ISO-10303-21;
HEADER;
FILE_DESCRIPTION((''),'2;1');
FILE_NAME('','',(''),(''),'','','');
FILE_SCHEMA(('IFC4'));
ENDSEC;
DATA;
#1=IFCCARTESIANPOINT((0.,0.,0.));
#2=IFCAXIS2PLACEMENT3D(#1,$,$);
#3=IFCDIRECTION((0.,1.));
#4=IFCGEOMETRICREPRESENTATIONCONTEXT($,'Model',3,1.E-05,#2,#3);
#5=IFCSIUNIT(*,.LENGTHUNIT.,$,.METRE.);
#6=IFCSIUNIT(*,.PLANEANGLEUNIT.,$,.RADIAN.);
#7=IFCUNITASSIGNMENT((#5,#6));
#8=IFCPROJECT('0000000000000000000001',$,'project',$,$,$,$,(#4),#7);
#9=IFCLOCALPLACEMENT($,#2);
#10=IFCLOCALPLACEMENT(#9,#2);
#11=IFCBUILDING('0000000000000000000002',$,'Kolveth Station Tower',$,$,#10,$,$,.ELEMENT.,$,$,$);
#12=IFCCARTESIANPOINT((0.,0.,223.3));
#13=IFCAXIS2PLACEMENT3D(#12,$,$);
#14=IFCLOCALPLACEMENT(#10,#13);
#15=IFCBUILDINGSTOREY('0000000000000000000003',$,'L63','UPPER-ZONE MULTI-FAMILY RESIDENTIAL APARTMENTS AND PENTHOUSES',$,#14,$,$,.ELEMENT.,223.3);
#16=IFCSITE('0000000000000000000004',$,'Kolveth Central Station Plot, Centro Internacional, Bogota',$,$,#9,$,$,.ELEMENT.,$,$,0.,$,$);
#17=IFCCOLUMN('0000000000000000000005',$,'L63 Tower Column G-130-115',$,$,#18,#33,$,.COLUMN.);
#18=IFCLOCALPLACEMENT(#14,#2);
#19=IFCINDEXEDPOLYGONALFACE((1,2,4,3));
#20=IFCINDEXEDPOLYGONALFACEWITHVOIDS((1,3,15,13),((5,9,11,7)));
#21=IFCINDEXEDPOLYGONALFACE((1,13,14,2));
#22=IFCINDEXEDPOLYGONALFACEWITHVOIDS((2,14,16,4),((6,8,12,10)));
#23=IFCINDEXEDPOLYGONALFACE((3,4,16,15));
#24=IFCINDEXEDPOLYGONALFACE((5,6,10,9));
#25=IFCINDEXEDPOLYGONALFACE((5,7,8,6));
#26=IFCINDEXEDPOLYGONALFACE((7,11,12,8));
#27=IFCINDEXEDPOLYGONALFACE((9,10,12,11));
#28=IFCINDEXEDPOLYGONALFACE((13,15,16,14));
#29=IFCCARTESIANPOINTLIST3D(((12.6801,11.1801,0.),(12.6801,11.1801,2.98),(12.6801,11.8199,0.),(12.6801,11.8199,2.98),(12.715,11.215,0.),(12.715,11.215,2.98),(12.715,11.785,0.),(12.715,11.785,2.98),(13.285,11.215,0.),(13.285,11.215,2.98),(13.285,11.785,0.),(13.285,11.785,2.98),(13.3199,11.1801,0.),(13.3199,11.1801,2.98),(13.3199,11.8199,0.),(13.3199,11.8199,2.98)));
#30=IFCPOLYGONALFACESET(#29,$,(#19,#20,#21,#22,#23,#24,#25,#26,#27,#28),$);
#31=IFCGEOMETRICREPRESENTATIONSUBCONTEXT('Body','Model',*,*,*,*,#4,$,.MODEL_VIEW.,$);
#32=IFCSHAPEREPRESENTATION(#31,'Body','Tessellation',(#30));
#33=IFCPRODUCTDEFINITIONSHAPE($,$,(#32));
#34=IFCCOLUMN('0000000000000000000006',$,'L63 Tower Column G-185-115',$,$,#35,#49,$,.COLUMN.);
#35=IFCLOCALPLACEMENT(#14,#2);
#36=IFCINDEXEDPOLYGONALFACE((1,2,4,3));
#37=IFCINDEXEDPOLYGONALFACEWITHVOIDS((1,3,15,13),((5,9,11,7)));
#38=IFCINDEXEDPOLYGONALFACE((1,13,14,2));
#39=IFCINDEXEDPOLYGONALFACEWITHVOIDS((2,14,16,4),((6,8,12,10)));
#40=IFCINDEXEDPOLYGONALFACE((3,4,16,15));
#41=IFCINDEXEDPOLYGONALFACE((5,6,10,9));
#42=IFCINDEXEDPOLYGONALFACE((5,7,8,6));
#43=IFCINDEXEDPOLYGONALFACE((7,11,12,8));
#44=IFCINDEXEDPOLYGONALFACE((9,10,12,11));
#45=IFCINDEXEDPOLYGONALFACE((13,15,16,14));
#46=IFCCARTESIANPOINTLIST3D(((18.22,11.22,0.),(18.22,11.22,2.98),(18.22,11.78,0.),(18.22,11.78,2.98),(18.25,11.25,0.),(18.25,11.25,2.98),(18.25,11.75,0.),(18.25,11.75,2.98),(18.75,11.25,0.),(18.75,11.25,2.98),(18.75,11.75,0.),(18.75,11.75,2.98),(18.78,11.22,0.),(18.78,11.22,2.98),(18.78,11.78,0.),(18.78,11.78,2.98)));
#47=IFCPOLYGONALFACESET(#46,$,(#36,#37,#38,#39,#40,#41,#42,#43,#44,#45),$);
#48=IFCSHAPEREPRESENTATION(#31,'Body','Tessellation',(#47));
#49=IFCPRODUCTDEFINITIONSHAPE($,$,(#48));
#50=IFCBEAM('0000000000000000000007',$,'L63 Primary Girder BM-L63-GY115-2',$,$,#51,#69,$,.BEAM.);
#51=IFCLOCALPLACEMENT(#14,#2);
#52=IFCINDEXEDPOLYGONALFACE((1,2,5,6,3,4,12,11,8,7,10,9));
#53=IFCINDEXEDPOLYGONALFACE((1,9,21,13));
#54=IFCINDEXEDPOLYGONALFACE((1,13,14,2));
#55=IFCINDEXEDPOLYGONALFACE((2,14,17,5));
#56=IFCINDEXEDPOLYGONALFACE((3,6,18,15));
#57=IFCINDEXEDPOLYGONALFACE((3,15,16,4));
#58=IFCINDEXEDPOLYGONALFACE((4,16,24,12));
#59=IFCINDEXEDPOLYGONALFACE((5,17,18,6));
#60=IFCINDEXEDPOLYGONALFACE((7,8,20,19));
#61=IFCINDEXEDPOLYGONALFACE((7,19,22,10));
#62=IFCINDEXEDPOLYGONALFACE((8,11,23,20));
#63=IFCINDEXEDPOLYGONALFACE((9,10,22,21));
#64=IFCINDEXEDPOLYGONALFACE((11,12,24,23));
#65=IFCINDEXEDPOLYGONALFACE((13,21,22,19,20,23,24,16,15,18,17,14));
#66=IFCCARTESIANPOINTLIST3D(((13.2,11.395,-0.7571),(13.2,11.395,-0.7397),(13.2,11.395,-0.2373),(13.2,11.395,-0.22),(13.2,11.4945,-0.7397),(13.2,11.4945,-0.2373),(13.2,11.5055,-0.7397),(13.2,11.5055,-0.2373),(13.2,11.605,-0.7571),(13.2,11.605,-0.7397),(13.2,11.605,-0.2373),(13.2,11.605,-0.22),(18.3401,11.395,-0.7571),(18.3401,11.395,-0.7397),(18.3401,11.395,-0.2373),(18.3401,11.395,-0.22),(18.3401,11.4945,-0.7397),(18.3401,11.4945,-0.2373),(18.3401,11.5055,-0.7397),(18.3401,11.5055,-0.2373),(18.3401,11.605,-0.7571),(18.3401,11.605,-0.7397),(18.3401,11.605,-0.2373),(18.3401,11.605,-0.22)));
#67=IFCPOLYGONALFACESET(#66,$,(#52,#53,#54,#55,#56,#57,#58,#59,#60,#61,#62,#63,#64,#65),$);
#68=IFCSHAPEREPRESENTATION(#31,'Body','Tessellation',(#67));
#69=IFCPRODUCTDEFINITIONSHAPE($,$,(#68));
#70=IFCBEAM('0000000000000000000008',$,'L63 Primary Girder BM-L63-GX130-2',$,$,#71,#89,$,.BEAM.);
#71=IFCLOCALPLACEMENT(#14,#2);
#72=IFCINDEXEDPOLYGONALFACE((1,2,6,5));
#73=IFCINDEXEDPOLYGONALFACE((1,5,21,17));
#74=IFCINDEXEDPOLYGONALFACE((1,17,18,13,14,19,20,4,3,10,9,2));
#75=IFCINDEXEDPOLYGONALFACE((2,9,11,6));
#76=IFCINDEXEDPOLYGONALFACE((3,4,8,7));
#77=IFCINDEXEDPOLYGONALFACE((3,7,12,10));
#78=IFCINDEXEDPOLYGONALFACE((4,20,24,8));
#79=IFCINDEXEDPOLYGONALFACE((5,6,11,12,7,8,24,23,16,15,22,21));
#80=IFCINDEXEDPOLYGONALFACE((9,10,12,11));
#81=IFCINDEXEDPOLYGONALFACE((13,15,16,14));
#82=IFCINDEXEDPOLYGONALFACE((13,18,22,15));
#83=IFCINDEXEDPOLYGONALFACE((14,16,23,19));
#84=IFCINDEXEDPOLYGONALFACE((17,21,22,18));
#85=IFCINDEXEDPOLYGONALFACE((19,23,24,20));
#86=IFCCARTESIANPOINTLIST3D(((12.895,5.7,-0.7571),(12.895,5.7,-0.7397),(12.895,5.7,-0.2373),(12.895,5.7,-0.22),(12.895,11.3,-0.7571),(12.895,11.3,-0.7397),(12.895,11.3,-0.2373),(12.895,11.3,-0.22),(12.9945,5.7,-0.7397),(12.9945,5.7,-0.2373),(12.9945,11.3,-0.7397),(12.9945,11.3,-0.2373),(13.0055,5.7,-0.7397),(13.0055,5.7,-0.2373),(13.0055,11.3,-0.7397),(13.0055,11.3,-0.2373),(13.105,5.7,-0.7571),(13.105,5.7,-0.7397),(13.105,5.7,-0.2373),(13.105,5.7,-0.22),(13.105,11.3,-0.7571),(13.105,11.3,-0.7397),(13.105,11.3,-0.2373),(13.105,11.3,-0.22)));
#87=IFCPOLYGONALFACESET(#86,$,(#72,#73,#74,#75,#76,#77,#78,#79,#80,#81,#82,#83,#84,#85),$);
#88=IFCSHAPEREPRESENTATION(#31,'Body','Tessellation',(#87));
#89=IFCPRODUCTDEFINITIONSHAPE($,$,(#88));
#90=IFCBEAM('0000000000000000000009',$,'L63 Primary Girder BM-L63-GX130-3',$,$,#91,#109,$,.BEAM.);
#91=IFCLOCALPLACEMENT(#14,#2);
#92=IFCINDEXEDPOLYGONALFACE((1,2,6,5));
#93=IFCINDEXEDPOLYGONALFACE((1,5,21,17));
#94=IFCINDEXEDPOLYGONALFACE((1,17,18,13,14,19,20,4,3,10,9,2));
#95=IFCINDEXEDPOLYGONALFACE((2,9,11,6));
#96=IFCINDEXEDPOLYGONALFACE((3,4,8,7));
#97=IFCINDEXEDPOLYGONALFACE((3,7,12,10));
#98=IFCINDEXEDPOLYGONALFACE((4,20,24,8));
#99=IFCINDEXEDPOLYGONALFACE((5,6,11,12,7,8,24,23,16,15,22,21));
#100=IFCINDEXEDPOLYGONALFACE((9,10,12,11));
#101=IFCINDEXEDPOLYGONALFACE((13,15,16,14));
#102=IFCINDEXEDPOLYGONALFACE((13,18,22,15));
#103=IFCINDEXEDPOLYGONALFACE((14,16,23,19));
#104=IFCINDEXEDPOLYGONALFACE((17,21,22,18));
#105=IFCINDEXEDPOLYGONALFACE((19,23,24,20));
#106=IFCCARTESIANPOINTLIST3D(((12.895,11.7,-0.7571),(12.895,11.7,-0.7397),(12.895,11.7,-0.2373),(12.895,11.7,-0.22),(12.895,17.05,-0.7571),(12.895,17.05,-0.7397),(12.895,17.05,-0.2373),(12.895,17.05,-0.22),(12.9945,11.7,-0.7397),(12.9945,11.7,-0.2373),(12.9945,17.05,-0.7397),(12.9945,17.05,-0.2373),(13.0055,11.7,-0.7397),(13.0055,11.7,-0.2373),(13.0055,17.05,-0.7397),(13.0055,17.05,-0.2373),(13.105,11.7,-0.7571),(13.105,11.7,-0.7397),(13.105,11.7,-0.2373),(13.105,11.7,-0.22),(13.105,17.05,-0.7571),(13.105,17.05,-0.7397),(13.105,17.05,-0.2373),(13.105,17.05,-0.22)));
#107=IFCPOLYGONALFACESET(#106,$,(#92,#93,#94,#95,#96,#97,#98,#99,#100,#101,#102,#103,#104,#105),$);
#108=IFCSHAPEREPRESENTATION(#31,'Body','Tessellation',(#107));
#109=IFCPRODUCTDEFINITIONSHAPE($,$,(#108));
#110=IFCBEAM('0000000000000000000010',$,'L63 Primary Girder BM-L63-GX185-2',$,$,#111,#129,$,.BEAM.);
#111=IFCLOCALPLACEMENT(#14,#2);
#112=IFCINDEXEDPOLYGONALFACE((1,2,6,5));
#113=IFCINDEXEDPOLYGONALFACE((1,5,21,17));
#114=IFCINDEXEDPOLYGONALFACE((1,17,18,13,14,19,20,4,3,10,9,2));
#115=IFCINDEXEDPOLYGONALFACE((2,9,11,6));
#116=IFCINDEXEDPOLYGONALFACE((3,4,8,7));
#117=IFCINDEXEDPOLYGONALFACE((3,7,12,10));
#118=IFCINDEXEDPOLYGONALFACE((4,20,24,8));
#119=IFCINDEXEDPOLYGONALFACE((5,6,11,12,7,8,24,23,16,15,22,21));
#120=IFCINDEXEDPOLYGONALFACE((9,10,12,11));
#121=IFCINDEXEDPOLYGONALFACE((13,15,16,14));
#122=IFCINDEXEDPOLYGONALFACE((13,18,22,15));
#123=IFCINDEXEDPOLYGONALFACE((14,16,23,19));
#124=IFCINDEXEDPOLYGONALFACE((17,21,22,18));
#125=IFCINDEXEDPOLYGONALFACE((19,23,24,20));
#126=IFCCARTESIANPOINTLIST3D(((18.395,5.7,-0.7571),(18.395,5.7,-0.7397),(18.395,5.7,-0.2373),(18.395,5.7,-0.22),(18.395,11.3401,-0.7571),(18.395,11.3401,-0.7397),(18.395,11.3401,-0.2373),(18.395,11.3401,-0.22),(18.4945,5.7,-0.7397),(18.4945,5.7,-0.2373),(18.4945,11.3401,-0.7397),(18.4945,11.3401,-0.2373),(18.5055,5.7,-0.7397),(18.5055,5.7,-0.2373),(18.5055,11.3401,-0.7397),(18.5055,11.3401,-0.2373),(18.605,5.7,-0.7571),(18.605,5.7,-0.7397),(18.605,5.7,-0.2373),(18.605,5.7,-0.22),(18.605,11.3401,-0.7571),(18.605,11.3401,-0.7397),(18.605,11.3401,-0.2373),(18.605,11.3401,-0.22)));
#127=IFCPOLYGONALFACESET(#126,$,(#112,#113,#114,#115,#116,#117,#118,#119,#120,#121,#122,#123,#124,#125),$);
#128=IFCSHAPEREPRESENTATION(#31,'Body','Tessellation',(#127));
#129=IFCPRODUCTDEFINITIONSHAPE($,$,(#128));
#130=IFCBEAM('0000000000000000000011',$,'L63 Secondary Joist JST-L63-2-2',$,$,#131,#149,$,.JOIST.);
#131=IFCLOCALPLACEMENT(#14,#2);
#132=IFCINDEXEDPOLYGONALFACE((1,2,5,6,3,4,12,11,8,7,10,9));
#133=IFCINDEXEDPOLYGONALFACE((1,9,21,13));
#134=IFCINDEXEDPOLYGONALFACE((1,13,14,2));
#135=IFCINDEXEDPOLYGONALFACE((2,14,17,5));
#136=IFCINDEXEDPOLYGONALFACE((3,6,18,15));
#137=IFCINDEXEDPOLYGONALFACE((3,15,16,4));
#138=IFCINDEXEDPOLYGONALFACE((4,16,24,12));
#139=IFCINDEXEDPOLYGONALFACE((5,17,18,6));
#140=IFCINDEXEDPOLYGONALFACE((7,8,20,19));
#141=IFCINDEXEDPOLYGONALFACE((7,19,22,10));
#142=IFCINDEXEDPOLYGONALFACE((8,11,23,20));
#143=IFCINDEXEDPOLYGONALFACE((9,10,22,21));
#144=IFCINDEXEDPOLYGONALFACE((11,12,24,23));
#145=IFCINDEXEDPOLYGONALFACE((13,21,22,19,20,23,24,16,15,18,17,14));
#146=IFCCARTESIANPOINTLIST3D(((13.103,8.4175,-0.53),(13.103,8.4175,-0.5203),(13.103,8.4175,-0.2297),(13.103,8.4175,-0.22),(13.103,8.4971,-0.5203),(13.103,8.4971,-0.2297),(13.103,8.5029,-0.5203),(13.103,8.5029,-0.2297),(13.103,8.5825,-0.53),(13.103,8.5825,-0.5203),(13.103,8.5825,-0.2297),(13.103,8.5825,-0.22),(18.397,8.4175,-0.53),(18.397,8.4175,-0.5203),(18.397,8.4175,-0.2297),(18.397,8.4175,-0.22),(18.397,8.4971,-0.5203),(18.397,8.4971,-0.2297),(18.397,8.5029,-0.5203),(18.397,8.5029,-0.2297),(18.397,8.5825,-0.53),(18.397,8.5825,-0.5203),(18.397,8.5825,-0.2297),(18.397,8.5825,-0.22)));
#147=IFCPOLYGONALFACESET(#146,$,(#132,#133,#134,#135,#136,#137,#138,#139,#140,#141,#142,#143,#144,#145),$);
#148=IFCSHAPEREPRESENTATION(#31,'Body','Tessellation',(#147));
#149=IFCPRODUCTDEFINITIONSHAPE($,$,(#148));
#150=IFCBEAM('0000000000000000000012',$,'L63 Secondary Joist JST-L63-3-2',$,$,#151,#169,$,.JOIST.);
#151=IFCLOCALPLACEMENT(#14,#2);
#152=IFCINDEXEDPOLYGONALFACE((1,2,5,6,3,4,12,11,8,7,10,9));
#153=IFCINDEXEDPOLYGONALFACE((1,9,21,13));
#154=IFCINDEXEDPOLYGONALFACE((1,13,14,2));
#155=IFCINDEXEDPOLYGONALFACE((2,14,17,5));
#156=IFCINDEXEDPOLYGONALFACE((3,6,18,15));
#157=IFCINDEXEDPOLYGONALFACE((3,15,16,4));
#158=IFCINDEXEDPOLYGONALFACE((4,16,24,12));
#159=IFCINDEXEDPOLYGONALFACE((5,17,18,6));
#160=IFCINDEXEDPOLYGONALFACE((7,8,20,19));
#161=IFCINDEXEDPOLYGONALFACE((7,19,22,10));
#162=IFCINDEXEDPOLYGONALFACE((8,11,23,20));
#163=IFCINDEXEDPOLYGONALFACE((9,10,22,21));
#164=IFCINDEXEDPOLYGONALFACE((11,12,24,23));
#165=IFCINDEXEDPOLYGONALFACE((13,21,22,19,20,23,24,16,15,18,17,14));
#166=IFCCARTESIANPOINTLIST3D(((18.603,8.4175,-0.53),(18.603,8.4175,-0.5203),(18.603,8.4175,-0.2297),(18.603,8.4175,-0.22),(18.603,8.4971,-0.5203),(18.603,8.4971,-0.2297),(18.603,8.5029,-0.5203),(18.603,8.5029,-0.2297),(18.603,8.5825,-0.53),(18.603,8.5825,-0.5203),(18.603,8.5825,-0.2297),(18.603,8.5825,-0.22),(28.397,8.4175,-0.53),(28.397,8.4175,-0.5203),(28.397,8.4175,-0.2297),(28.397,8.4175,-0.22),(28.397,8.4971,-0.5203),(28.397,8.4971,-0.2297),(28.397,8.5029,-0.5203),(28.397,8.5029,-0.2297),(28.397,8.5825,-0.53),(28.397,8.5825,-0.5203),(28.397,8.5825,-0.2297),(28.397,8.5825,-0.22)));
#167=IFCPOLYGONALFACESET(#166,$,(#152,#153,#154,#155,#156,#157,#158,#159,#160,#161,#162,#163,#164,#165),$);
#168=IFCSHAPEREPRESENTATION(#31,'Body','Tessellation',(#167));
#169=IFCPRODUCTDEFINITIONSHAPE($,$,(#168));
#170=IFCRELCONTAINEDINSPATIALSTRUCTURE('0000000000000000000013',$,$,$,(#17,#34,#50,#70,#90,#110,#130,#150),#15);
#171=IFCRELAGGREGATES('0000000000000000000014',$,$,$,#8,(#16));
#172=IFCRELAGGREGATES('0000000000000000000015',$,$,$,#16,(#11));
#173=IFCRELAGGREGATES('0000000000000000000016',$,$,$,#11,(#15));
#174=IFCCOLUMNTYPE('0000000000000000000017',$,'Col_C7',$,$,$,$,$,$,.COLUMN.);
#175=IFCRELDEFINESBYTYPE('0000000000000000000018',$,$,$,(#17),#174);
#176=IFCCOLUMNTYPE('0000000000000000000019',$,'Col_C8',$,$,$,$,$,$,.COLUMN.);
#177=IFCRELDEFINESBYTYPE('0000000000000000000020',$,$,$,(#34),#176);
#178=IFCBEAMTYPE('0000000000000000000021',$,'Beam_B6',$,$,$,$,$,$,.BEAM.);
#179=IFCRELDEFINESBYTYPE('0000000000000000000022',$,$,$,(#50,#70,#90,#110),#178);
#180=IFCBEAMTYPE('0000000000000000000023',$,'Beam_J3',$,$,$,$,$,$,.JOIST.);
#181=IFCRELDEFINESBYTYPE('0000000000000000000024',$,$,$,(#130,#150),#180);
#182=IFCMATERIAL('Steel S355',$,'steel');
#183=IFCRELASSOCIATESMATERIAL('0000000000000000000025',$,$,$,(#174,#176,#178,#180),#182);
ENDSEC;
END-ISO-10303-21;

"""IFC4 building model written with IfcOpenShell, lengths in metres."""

from ifc_helpers import new_model, si_unit, direction, frame, origin, origin_2d, place, context, subcontext, project, spatial, hollow_rectangle, i_section, extrude, source, transform, mapped, material, material_profile, profile_set, type_object, element, save


model = new_model("IFC4")

# Units and contexts
model_context = context("Model", 3, precision=1e-05, world=origin(), true_north=direction((0.0, 1.0)))
body_context = subcontext(model_context, "Body", "Model", "MODEL_VIEW")
ifc_project = project(units=[si_unit("LENGTHUNIT", "METRE"), si_unit("PLANEANGLEUNIT", "RADIAN")], contexts=[model_context])

# Site, building, storey
site_placement = place(None, origin())
site = spatial("IfcSite", under=ifc_project, at=site_placement, Name="Kolveth Central Station Plot, Centro Internacional, Bogota", CompositionType="ELEMENT", RefElevation=0.0)
building_placement = place(site_placement, origin())
building = spatial("IfcBuilding", under=site, at=building_placement, Name="Kolveth Station Tower", CompositionType="ELEMENT")
storey_placement = place(building_placement, frame((0.0, 0.0, 223.3)))
storey = spatial("IfcBuildingStorey", under=building, at=storey_placement, Name="L63", Description="UPPER-ZONE MULTI-FAMILY RESIDENTIAL APARTMENTS AND PENTHOUSES", CompositionType="ELEMENT", Elevation=223.3)

# Columns
ifc_material_1 = material(Name="Steel S355", Category="steel")
ifc_material_profile_1 = material_profile(ifc_material_1, hollow_rectangle(XDim=0.6399, YDim=0.6399, WallThickness=0.0349, at=origin_2d()), Name="BOX640x640x35")
ifc_profile_set_1 = profile_set([ifc_material_profile_1], Name="Steel S355")
column_type_1 = type_object("IfcColumnType", Name="Col_C7", PredefinedType="COLUMN", material=ifc_profile_set_1)
shared_shape_1 = source(origin(), body_context, "Body", "SweptSolid", [
    extrude(hollow_rectangle(XDim=0.6399, YDim=0.6399, WallThickness=0.0349, at=origin_2d()), origin(), (0.0, 0.0, 1.0), 2.98),
])
column_1_placement = place(storey_placement, frame((13.0, 11.5, 0.0), z_axis=(0.0, 0.0, 1.0), x_axis=(1.0, 0.0, 0.0)))
element("IfcColumn", 1, at=column_1_placement, inside=storey, type_object=column_type_1, Name="L63 Tower Column G-130-115", PredefinedType="COLUMN", context=body_context, shape_type="MappedRepresentation", body=[
    mapped(shared_shape_1, transform((0.0, 0.0, 0.0), x_axis=(1.0, 0.0, 0.0), y_axis=(0.0, 1.0, 0.0), z_axis=(0.0, 0.0, 1.0), scale=1.0)),
])
ifc_material_profile_2 = material_profile(ifc_material_1, hollow_rectangle(XDim=0.5601, YDim=0.5601, WallThickness=0.03, at=origin_2d()), Name="BOX560x560x30")
ifc_profile_set_2 = profile_set([ifc_material_profile_2], Name="Steel S355")
column_type_2 = type_object("IfcColumnType", Name="Col_C8", PredefinedType="COLUMN", material=ifc_profile_set_2)
shared_shape_2 = source(origin(), body_context, "Body", "SweptSolid", [
    extrude(hollow_rectangle(XDim=0.5601, YDim=0.5601, WallThickness=0.03, at=origin_2d()), origin(), (0.0, 0.0, 1.0), 2.98),
])
column_2_placement = place(storey_placement, frame((18.5, 11.5, 0.0), z_axis=(0.0, 0.0, 1.0), x_axis=(1.0, 0.0, 0.0)))
element("IfcColumn", 2, at=column_2_placement, inside=storey, type_object=column_type_2, Name="L63 Tower Column G-185-115", PredefinedType="COLUMN", context=body_context, shape_type="MappedRepresentation", body=[
    mapped(shared_shape_2, transform((0.0, 0.0, 0.0), x_axis=(1.0, 0.0, 0.0), y_axis=(0.0, 1.0, 0.0), z_axis=(0.0, 0.0, 1.0), scale=1.0)),
])

# Beams
ifc_material_profile_3 = material_profile(ifc_material_1, i_section(OverallWidth=0.21, OverallDepth=0.5371, WebThickness=0.011, FlangeThickness=0.0173, at=origin_2d()), Name="W530x101")
ifc_profile_set_3 = profile_set([ifc_material_profile_3], Name="Steel S355")
beam_type_1 = type_object("IfcBeamType", Name="Beam_B6", PredefinedType="BEAM", material=ifc_profile_set_3)
shared_shape_3 = source(origin(), body_context, "Body", "SweptSolid", [
    extrude(i_section(OverallWidth=0.21, OverallDepth=0.5371, WebThickness=0.011, FlangeThickness=0.0173, at=origin_2d()), origin(), (0.0, 0.0, 1.0), 5.1401),
])
beam_1_placement = place(storey_placement, frame((13.2, 11.5, -0.4885), z_axis=(1.0, 0.0, 0.0), x_axis=(0.0, 1.0, 0.0)))
element("IfcBeam", 3, at=beam_1_placement, inside=storey, type_object=beam_type_1, Name="L63 Primary Girder BM-L63-GY115-2", PredefinedType="BEAM", context=body_context, shape_type="MappedRepresentation", body=[
    mapped(shared_shape_3, transform((0.0, 0.0, 0.0), x_axis=(1.0, 0.0, 0.0), y_axis=(0.0, 1.0, 0.0), z_axis=(0.0, 0.0, 1.0), scale=1.0)),
])
shared_shape_4 = source(origin(), body_context, "Body", "SweptSolid", [
    extrude(i_section(OverallWidth=0.21, OverallDepth=0.5371, WebThickness=0.011, FlangeThickness=0.0173, at=origin_2d()), origin(), (0.0, 0.0, 1.0), 5.6001),
])
beam_2_placement = place(storey_placement, frame((13.0, 5.7, -0.4885), z_axis=(0.0, 1.0, 0.0), x_axis=(-1.0, 0.0, 0.0)))
element("IfcBeam", 4, at=beam_2_placement, inside=storey, type_object=beam_type_1, Name="L63 Primary Girder BM-L63-GX130-2", PredefinedType="BEAM", context=body_context, shape_type="MappedRepresentation", body=[
    mapped(shared_shape_4, transform((0.0, 0.0, 0.0), x_axis=(1.0, 0.0, 0.0), y_axis=(0.0, 1.0, 0.0), z_axis=(0.0, 0.0, 1.0), scale=1.0)),
])
shared_shape_5 = source(origin(), body_context, "Body", "SweptSolid", [
    extrude(i_section(OverallWidth=0.21, OverallDepth=0.5371, WebThickness=0.011, FlangeThickness=0.0173, at=origin_2d()), origin(), (0.0, 0.0, 1.0), 5.3501),
])
beam_3_placement = place(storey_placement, frame((13.0, 11.7, -0.4885), z_axis=(0.0, 1.0, 0.0), x_axis=(-1.0, 0.0, 0.0)))
element("IfcBeam", 5, at=beam_3_placement, inside=storey, type_object=beam_type_1, Name="L63 Primary Girder BM-L63-GX130-3", PredefinedType="BEAM", context=body_context, shape_type="MappedRepresentation", body=[
    mapped(shared_shape_5, transform((0.0, 0.0, 0.0), x_axis=(1.0, 0.0, 0.0), y_axis=(0.0, 1.0, 0.0), z_axis=(0.0, 0.0, 1.0), scale=1.0)),
])
shared_shape_6 = source(origin(), body_context, "Body", "SweptSolid", [
    extrude(i_section(OverallWidth=0.21, OverallDepth=0.5371, WebThickness=0.011, FlangeThickness=0.0173, at=origin_2d()), origin(), (0.0, 0.0, 1.0), 5.6401),
])
beam_4_placement = place(storey_placement, frame((18.5, 5.7, -0.4885), z_axis=(0.0, 1.0, 0.0), x_axis=(-1.0, 0.0, 0.0)))
element("IfcBeam", 6, at=beam_4_placement, inside=storey, type_object=beam_type_1, Name="L63 Primary Girder BM-L63-GX185-2", PredefinedType="BEAM", context=body_context, shape_type="MappedRepresentation", body=[
    mapped(shared_shape_6, transform((0.0, 0.0, 0.0), x_axis=(1.0, 0.0, 0.0), y_axis=(0.0, 1.0, 0.0), z_axis=(0.0, 0.0, 1.0), scale=1.0)),
])
ifc_material_profile_4 = material_profile(ifc_material_1, i_section(OverallWidth=0.165, OverallDepth=0.3101, WebThickness=0.0059, FlangeThickness=0.0098, at=origin_2d()), Name="W310x39")
ifc_profile_set_4 = profile_set([ifc_material_profile_4], Name="Steel S355")
beam_type_2 = type_object("IfcBeamType", Name="Beam_J3", PredefinedType="JOIST", material=ifc_profile_set_4)
shared_shape_7 = source(origin(), body_context, "Body", "SweptSolid", [
    extrude(i_section(OverallWidth=0.165, OverallDepth=0.3101, WebThickness=0.0059, FlangeThickness=0.0098, at=origin_2d()), origin(), (0.0, 0.0, 1.0), 5.2939),
])
beam_5_placement = place(storey_placement, frame((13.103, 8.5, -0.375), z_axis=(1.0, 0.0, 0.0), x_axis=(0.0, 1.0, 0.0)))
element("IfcBeam", 7, at=beam_5_placement, inside=storey, type_object=beam_type_2, Name="L63 Secondary Joist JST-L63-2-2", PredefinedType="JOIST", context=body_context, shape_type="MappedRepresentation", body=[
    mapped(shared_shape_7, transform((0.0, 0.0, 0.0), x_axis=(1.0, 0.0, 0.0), y_axis=(0.0, 1.0, 0.0), z_axis=(0.0, 0.0, 1.0), scale=1.0)),
])
shared_shape_8 = source(origin(), body_context, "Body", "SweptSolid", [
    extrude(i_section(OverallWidth=0.165, OverallDepth=0.3101, WebThickness=0.0059, FlangeThickness=0.0098, at=origin_2d()), origin(), (0.0, 0.0, 1.0), 9.7939),
])
beam_6_placement = place(storey_placement, frame((18.603, 8.5, -0.375), z_axis=(1.0, 0.0, 0.0), x_axis=(0.0, 1.0, 0.0)))
element("IfcBeam", 8, at=beam_6_placement, inside=storey, type_object=beam_type_2, Name="L63 Secondary Joist JST-L63-3-2", PredefinedType="JOIST", context=body_context, shape_type="MappedRepresentation", body=[
    mapped(shared_shape_8, transform((0.0, 0.0, 0.0), x_axis=(1.0, 0.0, 0.0), y_axis=(0.0, 1.0, 0.0), z_axis=(0.0, 0.0, 1.0), scale=1.0)),
])

save(model, "model.ifc")
